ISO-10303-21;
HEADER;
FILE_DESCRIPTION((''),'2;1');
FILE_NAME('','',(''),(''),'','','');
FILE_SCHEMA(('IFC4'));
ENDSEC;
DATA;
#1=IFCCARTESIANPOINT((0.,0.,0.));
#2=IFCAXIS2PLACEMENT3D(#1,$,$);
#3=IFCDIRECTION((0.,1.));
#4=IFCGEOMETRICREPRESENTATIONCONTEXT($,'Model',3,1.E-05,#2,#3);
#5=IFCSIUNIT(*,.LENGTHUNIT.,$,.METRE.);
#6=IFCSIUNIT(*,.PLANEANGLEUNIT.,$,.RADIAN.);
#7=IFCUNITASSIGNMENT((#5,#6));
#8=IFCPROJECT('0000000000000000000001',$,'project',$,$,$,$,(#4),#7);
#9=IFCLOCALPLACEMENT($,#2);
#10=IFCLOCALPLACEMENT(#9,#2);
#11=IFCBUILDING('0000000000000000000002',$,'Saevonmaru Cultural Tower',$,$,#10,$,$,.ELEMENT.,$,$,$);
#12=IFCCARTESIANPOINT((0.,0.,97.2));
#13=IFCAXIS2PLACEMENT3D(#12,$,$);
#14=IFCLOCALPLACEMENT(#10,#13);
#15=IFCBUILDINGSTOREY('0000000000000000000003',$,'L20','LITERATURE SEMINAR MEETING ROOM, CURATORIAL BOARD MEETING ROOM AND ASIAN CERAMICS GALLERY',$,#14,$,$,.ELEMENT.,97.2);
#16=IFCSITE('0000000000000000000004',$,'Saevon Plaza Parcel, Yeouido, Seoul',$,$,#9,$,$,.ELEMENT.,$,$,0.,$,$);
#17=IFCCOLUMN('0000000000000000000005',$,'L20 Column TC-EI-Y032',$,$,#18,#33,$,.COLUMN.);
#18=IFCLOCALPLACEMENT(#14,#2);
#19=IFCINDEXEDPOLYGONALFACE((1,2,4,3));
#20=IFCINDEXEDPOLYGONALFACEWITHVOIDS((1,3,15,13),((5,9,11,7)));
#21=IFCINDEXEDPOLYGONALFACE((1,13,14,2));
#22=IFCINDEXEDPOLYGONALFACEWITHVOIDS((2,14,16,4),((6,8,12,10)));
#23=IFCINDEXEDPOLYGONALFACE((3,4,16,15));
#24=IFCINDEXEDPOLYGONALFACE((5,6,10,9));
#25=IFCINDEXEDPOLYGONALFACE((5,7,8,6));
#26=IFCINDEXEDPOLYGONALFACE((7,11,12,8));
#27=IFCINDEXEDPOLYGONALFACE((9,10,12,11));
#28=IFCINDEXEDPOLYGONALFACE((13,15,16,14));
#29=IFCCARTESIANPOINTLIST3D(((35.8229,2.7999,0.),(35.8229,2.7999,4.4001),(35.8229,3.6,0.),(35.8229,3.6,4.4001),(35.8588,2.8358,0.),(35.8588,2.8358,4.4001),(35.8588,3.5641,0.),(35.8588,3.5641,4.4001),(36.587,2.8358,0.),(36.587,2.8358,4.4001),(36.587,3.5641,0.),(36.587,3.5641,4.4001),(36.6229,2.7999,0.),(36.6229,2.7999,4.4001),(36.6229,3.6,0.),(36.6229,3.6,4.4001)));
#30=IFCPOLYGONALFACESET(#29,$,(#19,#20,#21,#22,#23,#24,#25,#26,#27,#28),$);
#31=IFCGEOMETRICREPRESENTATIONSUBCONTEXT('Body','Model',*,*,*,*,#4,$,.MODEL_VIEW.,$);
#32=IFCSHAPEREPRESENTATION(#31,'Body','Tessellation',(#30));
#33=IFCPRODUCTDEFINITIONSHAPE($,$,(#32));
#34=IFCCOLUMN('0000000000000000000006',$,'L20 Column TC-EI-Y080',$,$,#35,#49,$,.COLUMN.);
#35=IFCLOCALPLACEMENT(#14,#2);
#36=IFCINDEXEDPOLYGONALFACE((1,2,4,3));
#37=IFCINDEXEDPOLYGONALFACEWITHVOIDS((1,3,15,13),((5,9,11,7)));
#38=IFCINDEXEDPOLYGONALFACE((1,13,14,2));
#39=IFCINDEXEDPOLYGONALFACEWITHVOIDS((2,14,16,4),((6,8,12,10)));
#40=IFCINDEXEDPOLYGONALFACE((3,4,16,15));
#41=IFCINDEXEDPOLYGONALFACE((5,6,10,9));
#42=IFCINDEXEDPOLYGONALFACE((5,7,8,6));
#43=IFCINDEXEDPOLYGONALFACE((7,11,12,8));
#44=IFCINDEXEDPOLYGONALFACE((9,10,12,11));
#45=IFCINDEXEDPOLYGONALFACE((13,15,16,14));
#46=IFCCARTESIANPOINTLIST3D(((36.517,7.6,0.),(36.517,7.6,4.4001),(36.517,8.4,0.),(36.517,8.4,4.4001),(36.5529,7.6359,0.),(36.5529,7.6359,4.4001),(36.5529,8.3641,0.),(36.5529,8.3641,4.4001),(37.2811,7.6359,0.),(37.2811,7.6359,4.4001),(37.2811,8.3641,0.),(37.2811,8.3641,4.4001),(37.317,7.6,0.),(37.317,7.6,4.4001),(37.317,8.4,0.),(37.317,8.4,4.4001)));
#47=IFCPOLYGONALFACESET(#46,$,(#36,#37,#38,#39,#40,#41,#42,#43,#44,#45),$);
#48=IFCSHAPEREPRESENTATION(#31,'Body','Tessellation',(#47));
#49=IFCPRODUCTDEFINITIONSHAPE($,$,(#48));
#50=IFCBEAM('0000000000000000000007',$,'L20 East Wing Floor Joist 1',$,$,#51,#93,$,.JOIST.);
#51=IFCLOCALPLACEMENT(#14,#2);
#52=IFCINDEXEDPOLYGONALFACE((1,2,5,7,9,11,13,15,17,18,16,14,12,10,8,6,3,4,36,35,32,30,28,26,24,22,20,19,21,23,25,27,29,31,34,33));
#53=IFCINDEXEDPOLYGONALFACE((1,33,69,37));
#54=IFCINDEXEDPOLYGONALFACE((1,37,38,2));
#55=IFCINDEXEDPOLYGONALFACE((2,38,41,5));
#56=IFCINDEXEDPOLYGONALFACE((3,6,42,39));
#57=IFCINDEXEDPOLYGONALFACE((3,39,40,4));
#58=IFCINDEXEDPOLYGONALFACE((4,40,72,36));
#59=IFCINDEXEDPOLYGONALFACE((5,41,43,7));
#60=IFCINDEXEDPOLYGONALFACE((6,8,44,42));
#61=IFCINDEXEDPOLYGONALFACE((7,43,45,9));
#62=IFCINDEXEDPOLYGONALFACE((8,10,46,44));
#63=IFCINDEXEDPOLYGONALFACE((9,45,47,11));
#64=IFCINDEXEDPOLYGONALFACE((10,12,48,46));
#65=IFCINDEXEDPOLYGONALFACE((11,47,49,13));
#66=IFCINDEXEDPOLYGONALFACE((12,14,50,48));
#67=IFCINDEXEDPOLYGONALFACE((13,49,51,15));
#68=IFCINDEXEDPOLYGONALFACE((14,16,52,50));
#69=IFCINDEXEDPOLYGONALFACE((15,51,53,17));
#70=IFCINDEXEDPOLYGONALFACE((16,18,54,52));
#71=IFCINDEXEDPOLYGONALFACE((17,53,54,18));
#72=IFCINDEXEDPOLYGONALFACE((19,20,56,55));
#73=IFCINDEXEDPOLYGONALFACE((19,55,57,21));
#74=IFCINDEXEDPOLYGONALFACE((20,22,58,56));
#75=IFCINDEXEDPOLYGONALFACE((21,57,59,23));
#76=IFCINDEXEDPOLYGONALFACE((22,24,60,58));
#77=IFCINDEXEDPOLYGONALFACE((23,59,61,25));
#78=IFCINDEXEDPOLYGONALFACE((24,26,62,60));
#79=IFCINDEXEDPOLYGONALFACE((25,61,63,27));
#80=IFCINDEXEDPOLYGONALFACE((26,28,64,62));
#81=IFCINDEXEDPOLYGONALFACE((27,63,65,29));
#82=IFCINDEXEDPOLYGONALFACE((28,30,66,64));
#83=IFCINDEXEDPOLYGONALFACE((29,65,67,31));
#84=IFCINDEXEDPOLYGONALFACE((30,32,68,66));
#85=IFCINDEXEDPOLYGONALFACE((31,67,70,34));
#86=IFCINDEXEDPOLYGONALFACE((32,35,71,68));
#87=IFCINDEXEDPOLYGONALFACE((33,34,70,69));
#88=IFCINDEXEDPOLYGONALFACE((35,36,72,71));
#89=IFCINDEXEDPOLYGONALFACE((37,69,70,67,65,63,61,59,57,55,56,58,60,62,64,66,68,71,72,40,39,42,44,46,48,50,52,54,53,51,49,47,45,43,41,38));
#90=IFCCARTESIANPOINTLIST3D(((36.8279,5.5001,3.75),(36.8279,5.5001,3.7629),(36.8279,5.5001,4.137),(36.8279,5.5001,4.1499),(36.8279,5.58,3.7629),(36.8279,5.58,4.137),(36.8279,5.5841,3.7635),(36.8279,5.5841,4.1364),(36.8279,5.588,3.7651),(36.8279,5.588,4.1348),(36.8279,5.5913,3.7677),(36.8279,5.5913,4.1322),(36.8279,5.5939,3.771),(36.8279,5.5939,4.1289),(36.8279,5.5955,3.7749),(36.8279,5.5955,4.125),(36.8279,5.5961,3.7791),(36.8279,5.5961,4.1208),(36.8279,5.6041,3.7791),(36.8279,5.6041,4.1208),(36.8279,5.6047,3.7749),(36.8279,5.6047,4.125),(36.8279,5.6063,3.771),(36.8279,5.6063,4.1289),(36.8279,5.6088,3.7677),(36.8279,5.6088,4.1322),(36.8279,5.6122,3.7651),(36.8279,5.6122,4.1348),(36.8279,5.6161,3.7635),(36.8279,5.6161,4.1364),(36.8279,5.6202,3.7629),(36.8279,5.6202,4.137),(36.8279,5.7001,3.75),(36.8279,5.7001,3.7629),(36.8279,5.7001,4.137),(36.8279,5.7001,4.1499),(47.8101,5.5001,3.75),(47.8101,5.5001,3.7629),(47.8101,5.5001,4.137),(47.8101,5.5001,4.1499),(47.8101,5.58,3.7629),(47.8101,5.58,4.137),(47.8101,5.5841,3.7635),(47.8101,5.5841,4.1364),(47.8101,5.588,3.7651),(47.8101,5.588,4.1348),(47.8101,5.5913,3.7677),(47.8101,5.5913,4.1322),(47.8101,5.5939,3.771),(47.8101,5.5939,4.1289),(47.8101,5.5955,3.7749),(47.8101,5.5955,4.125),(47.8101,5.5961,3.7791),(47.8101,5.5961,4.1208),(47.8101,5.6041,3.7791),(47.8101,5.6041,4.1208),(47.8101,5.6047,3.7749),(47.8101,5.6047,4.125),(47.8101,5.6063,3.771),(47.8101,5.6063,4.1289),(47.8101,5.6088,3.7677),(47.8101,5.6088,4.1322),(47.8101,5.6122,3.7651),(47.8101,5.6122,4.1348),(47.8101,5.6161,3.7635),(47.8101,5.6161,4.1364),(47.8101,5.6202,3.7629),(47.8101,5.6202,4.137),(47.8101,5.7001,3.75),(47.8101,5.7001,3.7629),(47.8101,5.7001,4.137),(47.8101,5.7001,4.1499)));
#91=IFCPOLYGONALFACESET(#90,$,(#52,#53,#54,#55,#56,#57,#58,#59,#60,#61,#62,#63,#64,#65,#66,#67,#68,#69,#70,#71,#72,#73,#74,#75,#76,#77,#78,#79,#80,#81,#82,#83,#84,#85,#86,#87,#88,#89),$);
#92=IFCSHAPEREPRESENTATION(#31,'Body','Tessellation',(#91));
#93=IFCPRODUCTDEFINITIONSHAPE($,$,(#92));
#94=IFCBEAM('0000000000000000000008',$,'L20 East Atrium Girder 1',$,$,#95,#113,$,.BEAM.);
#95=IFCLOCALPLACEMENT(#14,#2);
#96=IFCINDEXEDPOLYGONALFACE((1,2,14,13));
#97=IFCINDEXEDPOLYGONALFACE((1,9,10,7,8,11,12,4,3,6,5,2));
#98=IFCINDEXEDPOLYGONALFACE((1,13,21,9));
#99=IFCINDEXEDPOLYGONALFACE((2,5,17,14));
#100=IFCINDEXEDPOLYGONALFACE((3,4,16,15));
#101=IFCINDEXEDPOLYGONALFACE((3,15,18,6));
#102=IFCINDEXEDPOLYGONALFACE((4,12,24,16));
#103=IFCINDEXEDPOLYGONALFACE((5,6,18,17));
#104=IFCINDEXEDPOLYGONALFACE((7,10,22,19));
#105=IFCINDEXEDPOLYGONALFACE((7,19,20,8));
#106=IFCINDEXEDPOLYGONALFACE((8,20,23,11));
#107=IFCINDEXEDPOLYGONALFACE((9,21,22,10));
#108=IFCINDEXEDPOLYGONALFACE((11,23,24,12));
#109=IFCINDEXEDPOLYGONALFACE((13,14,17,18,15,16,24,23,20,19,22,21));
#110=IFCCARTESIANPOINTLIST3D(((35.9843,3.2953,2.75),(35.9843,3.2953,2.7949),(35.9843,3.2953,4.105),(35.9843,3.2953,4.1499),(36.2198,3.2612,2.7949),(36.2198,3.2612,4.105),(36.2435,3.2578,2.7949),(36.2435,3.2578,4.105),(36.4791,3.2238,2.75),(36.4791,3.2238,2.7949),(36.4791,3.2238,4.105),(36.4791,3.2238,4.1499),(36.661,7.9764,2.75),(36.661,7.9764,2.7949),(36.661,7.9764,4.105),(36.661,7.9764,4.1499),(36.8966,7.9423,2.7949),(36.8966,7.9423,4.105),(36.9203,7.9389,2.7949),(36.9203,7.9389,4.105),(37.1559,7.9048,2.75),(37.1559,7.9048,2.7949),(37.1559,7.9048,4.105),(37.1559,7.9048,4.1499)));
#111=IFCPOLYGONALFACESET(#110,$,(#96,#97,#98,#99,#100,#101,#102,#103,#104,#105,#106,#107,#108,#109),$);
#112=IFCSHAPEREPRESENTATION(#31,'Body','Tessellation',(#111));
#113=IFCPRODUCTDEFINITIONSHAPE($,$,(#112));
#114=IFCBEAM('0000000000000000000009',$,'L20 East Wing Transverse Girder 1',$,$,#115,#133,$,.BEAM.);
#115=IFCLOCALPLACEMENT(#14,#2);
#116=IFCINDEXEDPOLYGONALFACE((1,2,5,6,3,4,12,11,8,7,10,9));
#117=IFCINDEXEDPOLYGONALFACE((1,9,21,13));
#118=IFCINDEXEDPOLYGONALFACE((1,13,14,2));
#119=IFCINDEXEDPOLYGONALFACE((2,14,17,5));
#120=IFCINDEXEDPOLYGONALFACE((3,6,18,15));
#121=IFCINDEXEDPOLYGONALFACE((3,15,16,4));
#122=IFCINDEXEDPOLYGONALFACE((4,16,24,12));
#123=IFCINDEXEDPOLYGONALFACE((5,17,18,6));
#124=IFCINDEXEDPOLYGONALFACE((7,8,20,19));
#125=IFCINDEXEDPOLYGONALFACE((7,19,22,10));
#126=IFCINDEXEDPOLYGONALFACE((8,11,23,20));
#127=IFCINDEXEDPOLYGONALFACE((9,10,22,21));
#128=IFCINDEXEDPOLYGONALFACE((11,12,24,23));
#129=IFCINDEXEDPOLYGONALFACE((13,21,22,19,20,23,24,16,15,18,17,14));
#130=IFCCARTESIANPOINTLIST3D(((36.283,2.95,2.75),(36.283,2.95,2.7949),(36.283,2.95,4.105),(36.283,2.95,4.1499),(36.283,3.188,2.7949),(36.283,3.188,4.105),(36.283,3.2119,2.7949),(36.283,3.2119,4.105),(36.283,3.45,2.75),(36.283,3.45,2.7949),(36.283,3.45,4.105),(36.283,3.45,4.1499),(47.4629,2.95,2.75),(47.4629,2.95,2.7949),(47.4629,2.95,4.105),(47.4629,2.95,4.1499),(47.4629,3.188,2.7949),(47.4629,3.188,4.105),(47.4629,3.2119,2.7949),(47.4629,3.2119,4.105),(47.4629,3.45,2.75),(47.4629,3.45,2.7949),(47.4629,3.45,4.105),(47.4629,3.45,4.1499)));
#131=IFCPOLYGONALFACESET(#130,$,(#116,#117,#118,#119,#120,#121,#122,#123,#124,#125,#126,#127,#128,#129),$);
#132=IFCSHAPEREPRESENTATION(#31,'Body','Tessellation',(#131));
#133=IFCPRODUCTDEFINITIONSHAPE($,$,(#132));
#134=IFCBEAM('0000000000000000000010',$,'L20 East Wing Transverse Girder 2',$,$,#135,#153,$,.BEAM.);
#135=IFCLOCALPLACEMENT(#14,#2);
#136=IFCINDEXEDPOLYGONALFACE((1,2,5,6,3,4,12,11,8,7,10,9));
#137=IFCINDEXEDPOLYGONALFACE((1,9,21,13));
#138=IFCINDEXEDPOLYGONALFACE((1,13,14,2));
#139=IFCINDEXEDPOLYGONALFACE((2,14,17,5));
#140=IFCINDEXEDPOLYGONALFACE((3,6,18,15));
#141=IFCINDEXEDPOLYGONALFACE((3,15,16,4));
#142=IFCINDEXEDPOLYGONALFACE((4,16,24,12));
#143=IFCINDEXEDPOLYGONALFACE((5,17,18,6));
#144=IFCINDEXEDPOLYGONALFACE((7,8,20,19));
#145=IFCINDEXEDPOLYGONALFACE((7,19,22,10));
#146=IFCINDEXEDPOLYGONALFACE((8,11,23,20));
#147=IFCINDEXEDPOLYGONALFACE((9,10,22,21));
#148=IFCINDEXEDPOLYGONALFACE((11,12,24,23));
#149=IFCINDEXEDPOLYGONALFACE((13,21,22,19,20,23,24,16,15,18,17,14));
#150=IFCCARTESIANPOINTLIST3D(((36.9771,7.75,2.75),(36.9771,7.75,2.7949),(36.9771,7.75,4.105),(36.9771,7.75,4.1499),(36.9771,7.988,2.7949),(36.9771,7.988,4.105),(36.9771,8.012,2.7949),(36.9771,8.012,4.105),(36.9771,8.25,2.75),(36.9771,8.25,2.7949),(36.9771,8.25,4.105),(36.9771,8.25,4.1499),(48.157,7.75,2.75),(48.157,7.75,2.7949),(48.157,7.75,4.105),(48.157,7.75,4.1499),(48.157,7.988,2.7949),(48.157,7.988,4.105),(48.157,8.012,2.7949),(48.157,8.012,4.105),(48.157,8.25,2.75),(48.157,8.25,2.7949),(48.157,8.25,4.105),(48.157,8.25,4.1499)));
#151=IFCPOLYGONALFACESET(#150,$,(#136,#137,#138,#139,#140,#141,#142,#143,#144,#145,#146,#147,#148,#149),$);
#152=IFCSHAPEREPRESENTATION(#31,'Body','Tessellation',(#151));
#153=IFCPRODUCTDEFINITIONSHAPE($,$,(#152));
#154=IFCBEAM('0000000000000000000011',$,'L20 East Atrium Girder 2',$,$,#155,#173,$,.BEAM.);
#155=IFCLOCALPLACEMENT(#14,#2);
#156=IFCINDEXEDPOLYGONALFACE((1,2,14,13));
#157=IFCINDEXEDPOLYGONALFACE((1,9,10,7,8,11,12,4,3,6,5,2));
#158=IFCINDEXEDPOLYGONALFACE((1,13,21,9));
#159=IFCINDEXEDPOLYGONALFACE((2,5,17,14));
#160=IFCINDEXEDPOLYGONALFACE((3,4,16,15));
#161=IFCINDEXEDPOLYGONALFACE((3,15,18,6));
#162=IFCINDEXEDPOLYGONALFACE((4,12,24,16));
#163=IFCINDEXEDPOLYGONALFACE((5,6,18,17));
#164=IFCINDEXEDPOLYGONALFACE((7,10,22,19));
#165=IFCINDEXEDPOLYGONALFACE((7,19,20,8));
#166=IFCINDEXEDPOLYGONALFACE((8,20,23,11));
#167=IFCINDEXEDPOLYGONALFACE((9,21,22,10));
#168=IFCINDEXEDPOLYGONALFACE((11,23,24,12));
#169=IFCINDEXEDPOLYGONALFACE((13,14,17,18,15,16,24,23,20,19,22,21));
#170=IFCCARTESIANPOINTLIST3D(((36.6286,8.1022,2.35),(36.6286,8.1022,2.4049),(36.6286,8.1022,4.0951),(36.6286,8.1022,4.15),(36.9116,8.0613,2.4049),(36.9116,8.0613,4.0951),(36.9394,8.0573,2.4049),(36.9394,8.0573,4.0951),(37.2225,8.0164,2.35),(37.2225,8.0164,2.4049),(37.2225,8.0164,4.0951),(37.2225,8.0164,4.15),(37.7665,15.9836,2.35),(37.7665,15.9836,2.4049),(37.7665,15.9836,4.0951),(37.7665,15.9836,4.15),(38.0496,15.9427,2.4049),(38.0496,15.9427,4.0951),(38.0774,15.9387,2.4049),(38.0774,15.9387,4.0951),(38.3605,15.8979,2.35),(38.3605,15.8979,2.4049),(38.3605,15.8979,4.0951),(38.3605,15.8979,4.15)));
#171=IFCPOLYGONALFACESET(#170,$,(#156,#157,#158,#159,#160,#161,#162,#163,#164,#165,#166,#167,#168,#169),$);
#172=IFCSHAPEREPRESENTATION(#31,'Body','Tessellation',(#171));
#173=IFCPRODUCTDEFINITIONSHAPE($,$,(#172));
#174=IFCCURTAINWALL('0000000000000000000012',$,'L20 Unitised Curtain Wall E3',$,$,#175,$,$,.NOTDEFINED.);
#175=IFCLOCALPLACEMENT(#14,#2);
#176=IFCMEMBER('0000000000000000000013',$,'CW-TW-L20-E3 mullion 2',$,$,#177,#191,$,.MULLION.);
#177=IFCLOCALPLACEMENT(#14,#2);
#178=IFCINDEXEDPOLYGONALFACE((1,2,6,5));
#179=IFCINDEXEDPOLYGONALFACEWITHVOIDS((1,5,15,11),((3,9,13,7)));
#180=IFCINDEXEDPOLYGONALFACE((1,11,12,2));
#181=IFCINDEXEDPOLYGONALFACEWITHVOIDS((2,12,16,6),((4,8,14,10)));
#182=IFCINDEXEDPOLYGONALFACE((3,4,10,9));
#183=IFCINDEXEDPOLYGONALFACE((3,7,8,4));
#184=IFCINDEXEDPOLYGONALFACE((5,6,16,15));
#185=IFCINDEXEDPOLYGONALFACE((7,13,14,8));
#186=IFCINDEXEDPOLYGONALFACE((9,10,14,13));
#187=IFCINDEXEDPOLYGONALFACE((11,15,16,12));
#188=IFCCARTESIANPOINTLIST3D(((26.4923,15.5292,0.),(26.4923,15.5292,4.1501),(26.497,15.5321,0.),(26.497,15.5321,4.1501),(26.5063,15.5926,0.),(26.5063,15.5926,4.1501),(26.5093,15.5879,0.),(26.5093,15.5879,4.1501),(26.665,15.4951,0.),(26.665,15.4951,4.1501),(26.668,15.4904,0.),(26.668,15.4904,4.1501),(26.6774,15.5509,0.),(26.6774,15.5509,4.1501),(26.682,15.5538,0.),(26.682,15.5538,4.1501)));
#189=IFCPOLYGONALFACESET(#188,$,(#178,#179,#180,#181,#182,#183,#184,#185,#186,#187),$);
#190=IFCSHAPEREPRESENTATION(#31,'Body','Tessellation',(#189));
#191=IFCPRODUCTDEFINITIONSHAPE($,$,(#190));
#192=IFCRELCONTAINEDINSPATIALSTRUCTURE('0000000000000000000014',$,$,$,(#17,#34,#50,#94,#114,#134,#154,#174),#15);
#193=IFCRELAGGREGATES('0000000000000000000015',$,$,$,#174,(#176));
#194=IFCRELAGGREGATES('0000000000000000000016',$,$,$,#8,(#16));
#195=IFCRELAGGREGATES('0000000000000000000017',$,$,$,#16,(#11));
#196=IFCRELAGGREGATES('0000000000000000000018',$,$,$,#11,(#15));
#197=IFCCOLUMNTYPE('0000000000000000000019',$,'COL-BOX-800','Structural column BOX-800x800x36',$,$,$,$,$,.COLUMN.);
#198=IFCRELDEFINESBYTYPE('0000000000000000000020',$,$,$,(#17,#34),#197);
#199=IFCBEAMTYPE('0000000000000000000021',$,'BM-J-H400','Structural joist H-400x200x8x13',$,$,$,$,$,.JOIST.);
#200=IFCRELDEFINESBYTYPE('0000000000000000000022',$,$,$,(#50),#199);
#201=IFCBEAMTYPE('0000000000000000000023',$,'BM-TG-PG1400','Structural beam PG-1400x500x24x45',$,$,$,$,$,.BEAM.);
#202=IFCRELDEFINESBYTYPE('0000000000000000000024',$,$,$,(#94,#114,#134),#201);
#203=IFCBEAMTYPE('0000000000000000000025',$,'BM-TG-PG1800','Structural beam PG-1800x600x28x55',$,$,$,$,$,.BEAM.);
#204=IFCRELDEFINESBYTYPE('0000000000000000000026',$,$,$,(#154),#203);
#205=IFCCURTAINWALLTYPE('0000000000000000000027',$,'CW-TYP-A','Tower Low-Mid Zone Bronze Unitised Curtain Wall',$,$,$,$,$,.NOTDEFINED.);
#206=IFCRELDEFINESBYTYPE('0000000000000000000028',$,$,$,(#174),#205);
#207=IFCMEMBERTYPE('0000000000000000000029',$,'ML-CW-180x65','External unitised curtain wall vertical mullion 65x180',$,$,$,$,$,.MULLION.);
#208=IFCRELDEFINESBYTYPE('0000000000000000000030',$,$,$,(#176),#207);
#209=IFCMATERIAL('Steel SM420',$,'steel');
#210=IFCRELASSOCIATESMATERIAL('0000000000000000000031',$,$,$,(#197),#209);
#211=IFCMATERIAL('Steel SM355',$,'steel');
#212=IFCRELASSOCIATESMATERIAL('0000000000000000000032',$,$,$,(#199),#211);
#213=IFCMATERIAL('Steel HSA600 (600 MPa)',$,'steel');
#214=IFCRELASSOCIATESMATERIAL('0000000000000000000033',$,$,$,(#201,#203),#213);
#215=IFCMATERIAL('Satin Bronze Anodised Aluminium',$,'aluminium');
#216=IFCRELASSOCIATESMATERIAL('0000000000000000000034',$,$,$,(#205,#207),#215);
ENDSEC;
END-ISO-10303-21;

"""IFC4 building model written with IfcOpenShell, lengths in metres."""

from ifc_helpers import new_model, si_unit, direction, frame, origin, origin_2d, place, context, subcontext, project, spatial, hollow_rectangle, i_section, extrude, material, material_profile, profile_set, type_object, element, aggregate, save


model = new_model("IFC4")

# Units and contexts
model_context = context("Model", 3, precision=1e-05, world=origin(), true_north=direction((0.0, 1.0)))
body_context = subcontext(model_context, "Body", "Model", "MODEL_VIEW")
ifc_project = project(units=[si_unit("LENGTHUNIT", "METRE"), si_unit("PLANEANGLEUNIT", "RADIAN")], contexts=[model_context])

# Site, building, storey
site_placement = place(None, origin())
site = spatial("IfcSite", under=ifc_project, at=site_placement, Name="Saevon Plaza Parcel, Yeouido, Seoul", CompositionType="ELEMENT", RefElevation=0.0)
building_placement = place(site_placement, origin())
building = spatial("IfcBuilding", under=site, at=building_placement, Name="Saevonmaru Cultural Tower", CompositionType="ELEMENT")
storey_placement = place(building_placement, frame((0.0, 0.0, 97.2)))
storey = spatial("IfcBuildingStorey", under=building, at=storey_placement, Name="L20", Description="LITERATURE SEMINAR MEETING ROOM, CURATORIAL BOARD MEETING ROOM AND ASIAN CERAMICS GALLERY", CompositionType="ELEMENT", Elevation=97.2)

# Columns
ifc_material_1 = material(Name="Steel SM420", Category="steel")
ifc_material_profile_1 = material_profile(ifc_material_1, hollow_rectangle(XDim=0.8, YDim=0.8, WallThickness=0.0359, at=origin_2d()), Name="BOX-800x800x36")
ifc_profile_set_1 = profile_set([ifc_material_profile_1], Name="Steel SM420")
column_type = type_object("IfcColumnType", Name="COL-BOX-800", Description="Structural column BOX-800x800x36", PredefinedType="COLUMN", material=ifc_profile_set_1)
for number, where, z_axis, x_axis, name in (
    (1, (36.2229, 3.2, 0.0), (0.0, 0.0, 1.0), (1.0, 0.0, 0.0), "L20 Column TC-EI-Y032"),
    (2, (36.917, 8.0, 0.0), (0.0, 0.0, 1.0), (1.0, 0.0, 0.0), "L20 Column TC-EI-Y080"),
):
    element("IfcColumn", number, at=place(storey_placement, frame(where, z_axis=z_axis, x_axis=x_axis)), inside=storey, type_object=column_type, Name=name, PredefinedType="COLUMN", context=body_context, shape_type="SweptSolid", body=[
        extrude(hollow_rectangle(XDim=0.8, YDim=0.8, WallThickness=0.0359, at=origin_2d()), origin(), (0.0, 0.0, 1.0), 4.4001),
    ])

# Beams
ifc_material_2 = material(Name="Steel SM355", Category="steel")
ifc_material_profile_2 = material_profile(ifc_material_2, i_section(OverallWidth=0.2, OverallDepth=0.3999, WebThickness=0.0081, FlangeThickness=0.0129, FilletRadius=0.0161, at=origin_2d()), Name="H-400x200x8x13")
ifc_profile_set_2 = profile_set([ifc_material_profile_2], Name="Steel SM355")
beam_type_1 = type_object("IfcBeamType", Name="BM-J-H400", Description="Structural joist H-400x200x8x13", PredefinedType="JOIST", material=ifc_profile_set_2)
beam_1_placement = place(storey_placement, frame((36.8279, 5.6001, 3.95), z_axis=(1.0, 0.0, 0.0), x_axis=(0.0, 1.0, 0.0)))
element("IfcBeam", 3, at=beam_1_placement, inside=storey, type_object=beam_type_1, Name="L20 East Wing Floor Joist 1", PredefinedType="JOIST", context=body_context, shape_type="SweptSolid", body=[
    extrude(i_section(OverallWidth=0.2, OverallDepth=0.3999, WebThickness=0.0081, FlangeThickness=0.0129, FilletRadius=0.0161, at=origin_2d()), origin(), (0.0, 0.0, 1.0), 10.9822),
])
ifc_material_3 = material(Name="Steel HSA600 (600 MPa)", Category="steel")
ifc_material_profile_3 = material_profile(ifc_material_3, i_section(OverallWidth=0.5, OverallDepth=1.3999, WebThickness=0.0239, FlangeThickness=0.0449, at=origin_2d()), Name="PG-1400x500x24x45")
ifc_profile_set_3 = profile_set([ifc_material_profile_3], Name="Steel HSA600 (600 MPa)")
beam_type_2 = type_object("IfcBeamType", Name="BM-TG-PG1400", Description="Structural beam PG-1400x500x24x45", PredefinedType="BEAM", material=ifc_profile_set_3)
beam_2_placement = place(storey_placement, frame((36.2317, 3.2595, 3.45), z_axis=(0.143083, 0.989711, 0.0), x_axis=(-0.989711, 0.143083, 0.0)))
element("IfcBeam", 4, at=beam_2_placement, inside=storey, type_object=beam_type_2, Name="L20 East Atrium Girder 1", PredefinedType="BEAM", context=body_context, shape_type="SweptSolid", body=[
    extrude(i_section(OverallWidth=0.5, OverallDepth=1.3999, WebThickness=0.0239, FlangeThickness=0.0449, at=origin_2d()), origin(), (0.0, 0.0, 1.0), 4.7297),
])
for number, where, z_axis, x_axis, name in (
    (5, (36.283, 3.2, 3.45), (1.0, 0.0, 0.0), (0.0, 1.0, 0.0), "L20 East Wing Transverse Girder 1"),
    (6, (36.9771, 8.0, 3.45), (1.0, 0.0, 0.0), (0.0, 1.0, 0.0), "L20 East Wing Transverse Girder 2"),
):
    element("IfcBeam", number, at=place(storey_placement, frame(where, z_axis=z_axis, x_axis=x_axis)), inside=storey, type_object=beam_type_2, Name=name, PredefinedType="BEAM", context=body_context, shape_type="SweptSolid", body=[
        extrude(i_section(OverallWidth=0.5, OverallDepth=1.3999, WebThickness=0.0239, FlangeThickness=0.0449, at=origin_2d()), origin(), (0.0, 0.0, 1.0), 11.1799),
    ])
ifc_material_profile_4 = material_profile(ifc_material_3, i_section(OverallWidth=0.6001, OverallDepth=1.8, WebThickness=0.0281, FlangeThickness=0.0549, at=origin_2d()), Name="PG-1800x600x28x55")
ifc_profile_set_4 = profile_set([ifc_material_profile_4], Name="Steel HSA600 (600 MPa)")
beam_type_3 = type_object("IfcBeamType", Name="BM-TG-PG1800", Description="Structural beam PG-1800x600x28x55", PredefinedType="BEAM", material=ifc_profile_set_4)
beam_3_placement = place(storey_placement, frame((36.9255, 8.0593, 3.25), z_axis=(0.142902, 0.989737, 0.0), x_axis=(-0.989737, 0.142902, 0.0)))
element("IfcBeam", 7, at=beam_3_placement, inside=storey, type_object=beam_type_3, Name="L20 East Atrium Girder 2", PredefinedType="BEAM", context=body_context, shape_type="SweptSolid", body=[
    extrude(i_section(OverallWidth=0.6001, OverallDepth=1.8, WebThickness=0.0281, FlangeThickness=0.0549, at=origin_2d()), origin(), (0.0, 0.0, 1.0), 7.9631),
])

# Curtain wall, member
ifc_material_4 = material(Name="Satin Bronze Anodised Aluminium", Category="aluminium")
curtain_wall_type = type_object("IfcCurtainWallType", Name="CW-TYP-A", Description="Tower Low-Mid Zone Bronze Unitised Curtain Wall", PredefinedType="NOTDEFINED", material=ifc_material_4)
curtain_wall_1_placement = place(storey_placement, origin())
curtain_wall_1 = element("IfcCurtainWall", 8, at=curtain_wall_1_placement, inside=storey, type_object=curtain_wall_type, Name="L20 Unitised Curtain Wall E3", PredefinedType="NOTDEFINED")
ifc_material_profile_5 = material_profile(ifc_material_4, hollow_rectangle(XDim=0.0649, YDim=0.1799, WallThickness=0.0039, at=origin_2d()), Name="ALU-MULL-180x65x4")
ifc_profile_set_5 = profile_set([ifc_material_profile_5], Name="Satin Bronze Anodised Aluminium")
member_type_1 = type_object("IfcMemberType", Name="ML-CW-180x65", Description="External unitised curtain wall vertical mullion 65x180", PredefinedType="MULLION", material=ifc_profile_set_5)
member_1_placement = place(storey_placement, frame((26.5872, 15.5415, 0.0), z_axis=(0.0, 0.0, 1.0), x_axis=(0.215413, 0.976523, 0.0)))
member_1 = element("IfcMember", 9, at=member_1_placement, type_object=member_type_1, Name="CW-TW-L20-E3 mullion 2", PredefinedType="MULLION", context=body_context, shape_type="SweptSolid", body=[
    extrude(hollow_rectangle(XDim=0.0649, YDim=0.1799, WallThickness=0.0039, at=origin_2d()), origin(), (0.0, 0.0, 1.0), 4.1501),
])

aggregate(curtain_wall_1, [member_1])

save(model, "model.ifc")
